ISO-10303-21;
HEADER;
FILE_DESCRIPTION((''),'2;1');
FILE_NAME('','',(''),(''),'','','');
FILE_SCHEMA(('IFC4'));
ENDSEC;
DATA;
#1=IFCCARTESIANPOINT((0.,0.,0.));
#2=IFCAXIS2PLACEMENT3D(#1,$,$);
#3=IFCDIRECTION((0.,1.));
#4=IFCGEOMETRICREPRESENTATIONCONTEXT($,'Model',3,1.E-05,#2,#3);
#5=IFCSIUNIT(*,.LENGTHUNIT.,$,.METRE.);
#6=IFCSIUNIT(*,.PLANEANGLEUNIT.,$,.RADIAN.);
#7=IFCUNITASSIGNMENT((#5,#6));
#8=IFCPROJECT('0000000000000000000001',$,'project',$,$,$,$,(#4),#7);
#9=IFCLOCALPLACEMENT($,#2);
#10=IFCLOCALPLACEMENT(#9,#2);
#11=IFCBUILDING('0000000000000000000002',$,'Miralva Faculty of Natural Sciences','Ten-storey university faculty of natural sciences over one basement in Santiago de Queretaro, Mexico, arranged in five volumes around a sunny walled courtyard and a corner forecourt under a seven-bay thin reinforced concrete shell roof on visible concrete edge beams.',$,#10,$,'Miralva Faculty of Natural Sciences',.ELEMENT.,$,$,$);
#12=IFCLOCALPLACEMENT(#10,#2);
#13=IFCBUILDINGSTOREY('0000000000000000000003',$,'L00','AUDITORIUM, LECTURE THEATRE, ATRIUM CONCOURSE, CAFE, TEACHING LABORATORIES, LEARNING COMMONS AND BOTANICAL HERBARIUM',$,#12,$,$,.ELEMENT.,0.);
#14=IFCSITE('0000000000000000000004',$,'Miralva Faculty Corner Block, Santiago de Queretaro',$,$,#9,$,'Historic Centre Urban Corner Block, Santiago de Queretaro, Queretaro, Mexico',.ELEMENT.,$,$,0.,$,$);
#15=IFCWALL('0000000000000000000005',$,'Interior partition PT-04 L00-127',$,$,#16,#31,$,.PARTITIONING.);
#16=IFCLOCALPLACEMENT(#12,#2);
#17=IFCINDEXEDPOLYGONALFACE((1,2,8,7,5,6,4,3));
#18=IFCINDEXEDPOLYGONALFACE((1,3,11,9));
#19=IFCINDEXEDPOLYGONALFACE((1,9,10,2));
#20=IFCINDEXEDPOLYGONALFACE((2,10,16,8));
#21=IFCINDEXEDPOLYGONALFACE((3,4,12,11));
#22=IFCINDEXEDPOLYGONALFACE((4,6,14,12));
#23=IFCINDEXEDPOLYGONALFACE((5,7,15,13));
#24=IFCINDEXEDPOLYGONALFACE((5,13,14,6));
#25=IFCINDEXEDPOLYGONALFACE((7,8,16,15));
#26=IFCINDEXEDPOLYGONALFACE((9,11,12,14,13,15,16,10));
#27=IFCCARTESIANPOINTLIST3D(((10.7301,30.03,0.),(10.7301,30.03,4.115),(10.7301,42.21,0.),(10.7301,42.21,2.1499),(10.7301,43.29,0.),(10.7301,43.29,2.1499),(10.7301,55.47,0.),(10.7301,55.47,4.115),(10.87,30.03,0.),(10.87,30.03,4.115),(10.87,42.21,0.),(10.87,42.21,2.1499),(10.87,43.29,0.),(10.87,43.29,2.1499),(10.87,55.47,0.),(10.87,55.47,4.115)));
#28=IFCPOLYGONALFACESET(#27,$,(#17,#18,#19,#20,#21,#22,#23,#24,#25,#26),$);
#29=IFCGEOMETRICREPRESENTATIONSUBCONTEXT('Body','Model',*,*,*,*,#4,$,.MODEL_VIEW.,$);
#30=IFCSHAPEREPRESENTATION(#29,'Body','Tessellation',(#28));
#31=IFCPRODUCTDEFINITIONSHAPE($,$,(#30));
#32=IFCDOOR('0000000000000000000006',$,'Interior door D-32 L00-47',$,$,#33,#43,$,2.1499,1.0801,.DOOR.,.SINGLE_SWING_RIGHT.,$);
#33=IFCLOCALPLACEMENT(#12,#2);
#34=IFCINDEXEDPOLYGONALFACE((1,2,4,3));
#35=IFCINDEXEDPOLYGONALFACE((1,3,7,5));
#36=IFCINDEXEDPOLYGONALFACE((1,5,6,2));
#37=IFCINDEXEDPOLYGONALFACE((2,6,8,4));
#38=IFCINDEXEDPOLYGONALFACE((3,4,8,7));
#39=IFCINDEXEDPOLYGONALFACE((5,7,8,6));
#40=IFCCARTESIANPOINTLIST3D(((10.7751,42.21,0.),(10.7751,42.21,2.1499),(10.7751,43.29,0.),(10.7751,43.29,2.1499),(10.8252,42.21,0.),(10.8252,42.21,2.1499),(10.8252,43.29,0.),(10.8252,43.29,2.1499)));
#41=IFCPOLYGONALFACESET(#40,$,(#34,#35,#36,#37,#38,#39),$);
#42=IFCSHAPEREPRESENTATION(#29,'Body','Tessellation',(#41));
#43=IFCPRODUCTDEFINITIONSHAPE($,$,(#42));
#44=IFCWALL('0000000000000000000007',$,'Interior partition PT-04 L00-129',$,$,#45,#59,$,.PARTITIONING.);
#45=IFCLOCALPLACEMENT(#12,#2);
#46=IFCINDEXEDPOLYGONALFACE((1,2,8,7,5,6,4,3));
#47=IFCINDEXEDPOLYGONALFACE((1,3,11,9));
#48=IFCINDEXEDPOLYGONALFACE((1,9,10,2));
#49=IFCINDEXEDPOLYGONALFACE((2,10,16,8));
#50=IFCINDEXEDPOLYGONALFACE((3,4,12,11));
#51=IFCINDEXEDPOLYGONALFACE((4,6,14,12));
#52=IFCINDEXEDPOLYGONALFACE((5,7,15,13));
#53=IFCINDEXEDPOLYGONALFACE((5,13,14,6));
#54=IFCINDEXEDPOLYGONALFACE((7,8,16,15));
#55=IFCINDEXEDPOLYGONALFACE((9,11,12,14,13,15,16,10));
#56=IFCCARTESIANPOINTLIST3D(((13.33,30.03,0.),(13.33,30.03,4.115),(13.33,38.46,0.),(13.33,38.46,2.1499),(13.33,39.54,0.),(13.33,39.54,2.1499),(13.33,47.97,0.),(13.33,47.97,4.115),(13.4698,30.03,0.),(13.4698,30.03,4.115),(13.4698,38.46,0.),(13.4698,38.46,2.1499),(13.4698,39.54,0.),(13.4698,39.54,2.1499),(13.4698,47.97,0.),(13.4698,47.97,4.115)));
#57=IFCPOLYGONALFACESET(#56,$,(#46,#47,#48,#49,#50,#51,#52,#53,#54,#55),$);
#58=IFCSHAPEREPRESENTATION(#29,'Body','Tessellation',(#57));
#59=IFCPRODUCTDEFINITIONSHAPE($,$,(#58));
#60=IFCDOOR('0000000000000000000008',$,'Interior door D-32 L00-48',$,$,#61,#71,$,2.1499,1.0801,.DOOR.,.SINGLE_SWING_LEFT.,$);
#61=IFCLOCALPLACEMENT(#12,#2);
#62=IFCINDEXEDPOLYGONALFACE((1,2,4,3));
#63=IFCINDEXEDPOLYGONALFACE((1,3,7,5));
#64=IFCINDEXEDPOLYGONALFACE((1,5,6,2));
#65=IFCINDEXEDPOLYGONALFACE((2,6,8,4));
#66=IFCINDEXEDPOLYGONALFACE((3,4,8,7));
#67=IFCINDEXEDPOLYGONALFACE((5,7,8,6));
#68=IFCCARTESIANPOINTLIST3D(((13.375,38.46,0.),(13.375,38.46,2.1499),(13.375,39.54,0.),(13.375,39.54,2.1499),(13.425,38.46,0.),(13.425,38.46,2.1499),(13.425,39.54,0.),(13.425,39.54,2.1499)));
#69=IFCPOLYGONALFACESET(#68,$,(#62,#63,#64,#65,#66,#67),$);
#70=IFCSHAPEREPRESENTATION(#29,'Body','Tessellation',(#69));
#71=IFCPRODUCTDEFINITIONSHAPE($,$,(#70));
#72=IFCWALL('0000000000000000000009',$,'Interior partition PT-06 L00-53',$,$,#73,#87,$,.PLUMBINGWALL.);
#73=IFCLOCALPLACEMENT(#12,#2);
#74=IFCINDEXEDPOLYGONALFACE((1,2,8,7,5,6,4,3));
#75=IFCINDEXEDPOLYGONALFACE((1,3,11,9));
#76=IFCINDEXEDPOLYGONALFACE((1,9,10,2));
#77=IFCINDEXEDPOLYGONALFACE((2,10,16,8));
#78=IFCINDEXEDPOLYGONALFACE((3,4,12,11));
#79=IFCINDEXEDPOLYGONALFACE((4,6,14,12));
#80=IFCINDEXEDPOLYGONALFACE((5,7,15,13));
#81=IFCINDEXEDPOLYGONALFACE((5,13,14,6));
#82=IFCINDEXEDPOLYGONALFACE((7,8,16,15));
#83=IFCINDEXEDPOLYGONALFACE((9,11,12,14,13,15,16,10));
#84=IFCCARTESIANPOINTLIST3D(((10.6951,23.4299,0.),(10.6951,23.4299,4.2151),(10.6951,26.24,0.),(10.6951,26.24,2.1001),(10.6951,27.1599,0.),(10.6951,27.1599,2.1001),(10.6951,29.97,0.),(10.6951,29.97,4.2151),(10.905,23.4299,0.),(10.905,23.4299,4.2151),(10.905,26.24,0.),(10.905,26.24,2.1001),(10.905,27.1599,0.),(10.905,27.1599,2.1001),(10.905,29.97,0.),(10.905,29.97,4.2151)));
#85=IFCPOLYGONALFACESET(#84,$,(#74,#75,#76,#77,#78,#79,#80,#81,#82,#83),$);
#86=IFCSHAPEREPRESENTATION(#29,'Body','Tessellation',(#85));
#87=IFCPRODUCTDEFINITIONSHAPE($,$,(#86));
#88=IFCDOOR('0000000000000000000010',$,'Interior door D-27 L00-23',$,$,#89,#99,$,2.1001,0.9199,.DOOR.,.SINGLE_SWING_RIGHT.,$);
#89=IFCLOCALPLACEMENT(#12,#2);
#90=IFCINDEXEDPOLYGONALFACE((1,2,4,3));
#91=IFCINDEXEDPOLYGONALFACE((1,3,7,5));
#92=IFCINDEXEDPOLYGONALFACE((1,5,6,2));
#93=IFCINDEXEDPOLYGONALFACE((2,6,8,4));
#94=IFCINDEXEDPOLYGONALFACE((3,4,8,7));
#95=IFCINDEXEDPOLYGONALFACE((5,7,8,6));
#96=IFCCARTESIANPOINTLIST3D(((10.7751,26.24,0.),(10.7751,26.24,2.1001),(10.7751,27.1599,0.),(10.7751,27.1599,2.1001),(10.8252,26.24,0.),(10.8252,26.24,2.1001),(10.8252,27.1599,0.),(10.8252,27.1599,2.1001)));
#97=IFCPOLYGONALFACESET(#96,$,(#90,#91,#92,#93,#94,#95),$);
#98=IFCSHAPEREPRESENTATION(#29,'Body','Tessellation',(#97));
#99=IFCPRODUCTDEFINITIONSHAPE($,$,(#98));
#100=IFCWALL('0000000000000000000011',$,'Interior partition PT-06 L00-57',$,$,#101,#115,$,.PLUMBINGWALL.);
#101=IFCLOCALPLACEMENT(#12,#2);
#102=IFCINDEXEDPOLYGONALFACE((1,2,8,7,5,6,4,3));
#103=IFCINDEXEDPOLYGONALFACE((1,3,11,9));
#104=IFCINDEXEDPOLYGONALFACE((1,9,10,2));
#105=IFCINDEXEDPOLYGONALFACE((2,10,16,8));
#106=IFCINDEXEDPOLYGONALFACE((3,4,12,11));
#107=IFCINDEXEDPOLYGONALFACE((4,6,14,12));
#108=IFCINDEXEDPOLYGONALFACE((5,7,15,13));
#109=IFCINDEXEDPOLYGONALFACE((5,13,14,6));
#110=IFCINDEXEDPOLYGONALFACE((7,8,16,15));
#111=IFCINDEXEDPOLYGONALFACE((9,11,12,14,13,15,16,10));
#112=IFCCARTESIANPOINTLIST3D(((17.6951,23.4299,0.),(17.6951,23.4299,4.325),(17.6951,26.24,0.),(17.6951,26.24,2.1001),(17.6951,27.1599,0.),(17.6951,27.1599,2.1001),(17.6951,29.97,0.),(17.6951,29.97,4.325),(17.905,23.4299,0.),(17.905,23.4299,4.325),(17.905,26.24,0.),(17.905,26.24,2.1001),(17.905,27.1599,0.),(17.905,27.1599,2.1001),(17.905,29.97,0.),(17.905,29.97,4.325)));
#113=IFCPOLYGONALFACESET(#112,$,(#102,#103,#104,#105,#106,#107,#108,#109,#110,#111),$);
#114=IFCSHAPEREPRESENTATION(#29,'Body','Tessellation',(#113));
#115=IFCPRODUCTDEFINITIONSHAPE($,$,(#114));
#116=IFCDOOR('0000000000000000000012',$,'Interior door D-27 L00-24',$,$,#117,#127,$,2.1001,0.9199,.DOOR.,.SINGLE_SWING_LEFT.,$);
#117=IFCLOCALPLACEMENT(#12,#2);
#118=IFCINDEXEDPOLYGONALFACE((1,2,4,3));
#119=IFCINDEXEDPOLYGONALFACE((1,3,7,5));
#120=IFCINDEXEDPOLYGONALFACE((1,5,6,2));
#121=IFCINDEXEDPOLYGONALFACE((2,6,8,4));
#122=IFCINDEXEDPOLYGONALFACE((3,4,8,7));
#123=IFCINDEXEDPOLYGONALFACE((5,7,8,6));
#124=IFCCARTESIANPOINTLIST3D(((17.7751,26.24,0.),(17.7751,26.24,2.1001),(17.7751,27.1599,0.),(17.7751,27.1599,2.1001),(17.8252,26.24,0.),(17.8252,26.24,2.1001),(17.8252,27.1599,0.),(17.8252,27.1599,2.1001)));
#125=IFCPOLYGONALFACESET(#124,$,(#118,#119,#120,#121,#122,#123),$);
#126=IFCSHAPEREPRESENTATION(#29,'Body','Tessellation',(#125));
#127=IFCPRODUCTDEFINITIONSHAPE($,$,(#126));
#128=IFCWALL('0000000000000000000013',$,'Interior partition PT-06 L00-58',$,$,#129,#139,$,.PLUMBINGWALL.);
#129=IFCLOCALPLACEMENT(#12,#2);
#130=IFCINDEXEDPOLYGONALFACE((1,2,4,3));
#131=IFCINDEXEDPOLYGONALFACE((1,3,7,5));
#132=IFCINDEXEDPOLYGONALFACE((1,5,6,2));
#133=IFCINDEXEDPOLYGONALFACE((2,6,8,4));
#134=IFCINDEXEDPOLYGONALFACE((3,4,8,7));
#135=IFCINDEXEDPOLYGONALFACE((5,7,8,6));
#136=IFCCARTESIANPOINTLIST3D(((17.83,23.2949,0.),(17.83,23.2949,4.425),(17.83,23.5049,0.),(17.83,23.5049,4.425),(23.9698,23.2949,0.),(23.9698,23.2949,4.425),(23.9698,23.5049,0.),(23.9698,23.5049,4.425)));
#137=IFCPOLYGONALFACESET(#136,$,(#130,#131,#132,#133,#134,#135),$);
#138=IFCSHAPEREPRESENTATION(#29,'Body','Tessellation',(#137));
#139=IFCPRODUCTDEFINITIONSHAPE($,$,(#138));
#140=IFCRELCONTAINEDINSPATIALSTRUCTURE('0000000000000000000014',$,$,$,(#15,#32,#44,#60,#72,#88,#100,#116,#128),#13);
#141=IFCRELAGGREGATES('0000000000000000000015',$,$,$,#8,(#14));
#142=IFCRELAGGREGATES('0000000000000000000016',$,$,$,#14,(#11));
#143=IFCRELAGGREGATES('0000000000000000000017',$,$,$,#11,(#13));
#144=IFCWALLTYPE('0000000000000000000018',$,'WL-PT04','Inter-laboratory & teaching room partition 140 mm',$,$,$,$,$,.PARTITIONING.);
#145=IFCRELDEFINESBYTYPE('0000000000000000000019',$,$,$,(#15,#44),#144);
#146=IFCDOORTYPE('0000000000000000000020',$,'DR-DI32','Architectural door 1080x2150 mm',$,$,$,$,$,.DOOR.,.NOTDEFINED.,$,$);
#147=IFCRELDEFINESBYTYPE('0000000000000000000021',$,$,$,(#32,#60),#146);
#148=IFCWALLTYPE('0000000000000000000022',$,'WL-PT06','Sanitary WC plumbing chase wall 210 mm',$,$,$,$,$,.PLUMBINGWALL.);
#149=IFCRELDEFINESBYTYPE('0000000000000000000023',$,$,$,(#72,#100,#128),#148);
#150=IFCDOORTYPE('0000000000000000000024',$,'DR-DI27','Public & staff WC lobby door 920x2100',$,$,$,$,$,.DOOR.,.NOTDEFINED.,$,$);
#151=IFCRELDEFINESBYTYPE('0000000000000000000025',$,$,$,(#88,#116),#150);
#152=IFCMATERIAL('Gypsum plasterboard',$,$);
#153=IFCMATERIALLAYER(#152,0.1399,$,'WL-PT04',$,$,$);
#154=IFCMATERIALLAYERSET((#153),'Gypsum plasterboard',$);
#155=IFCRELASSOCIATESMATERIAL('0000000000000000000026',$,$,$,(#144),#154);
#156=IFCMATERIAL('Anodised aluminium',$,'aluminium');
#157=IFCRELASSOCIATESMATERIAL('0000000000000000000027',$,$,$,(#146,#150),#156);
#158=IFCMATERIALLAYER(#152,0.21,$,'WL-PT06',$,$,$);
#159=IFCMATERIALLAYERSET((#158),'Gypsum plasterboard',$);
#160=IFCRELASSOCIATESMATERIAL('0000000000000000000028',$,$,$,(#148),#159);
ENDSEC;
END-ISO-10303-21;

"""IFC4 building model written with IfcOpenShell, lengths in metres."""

from ifc_helpers import new_model, si_unit, direction, frame, frame_2d, origin, place, context, subcontext, project, spatial, rectangle, extrude, material, layer, layer_set, type_object, element, fill, save


model = new_model("IFC4")

# Units and contexts
model_context = context("Model", 3, precision=1e-05, world=origin(), true_north=direction((0.0, 1.0)))
body_context = subcontext(model_context, "Body", "Model", "MODEL_VIEW")
ifc_project = project(units=[si_unit("LENGTHUNIT", "METRE"), si_unit("PLANEANGLEUNIT", "RADIAN")], contexts=[model_context])

# Site, building, storey
site_placement = place(None, origin())
site = spatial("IfcSite", under=ifc_project, at=site_placement, Name="Miralva Faculty Corner Block, Santiago de Queretaro", LongName="Historic Centre Urban Corner Block, Santiago de Queretaro, Queretaro, Mexico", CompositionType="ELEMENT", RefElevation=0.0)
building_placement = place(site_placement, origin())
building = spatial("IfcBuilding", under=site, at=building_placement, Name="Miralva Faculty of Natural Sciences", Description="Ten-storey university faculty of natural sciences over one basement in Santiago de Queretaro, Mexico, arranged in five volumes around a sunny walled courtyard and a corner forecourt under a seven-bay thin reinforced concrete shell roof on visible concrete edge beams.", LongName="Miralva Faculty of Natural Sciences", CompositionType="ELEMENT")
storey_placement = place(building_placement, origin())
storey = spatial("IfcBuildingStorey", under=building, at=storey_placement, Name="L00", Description="AUDITORIUM, LECTURE THEATRE, ATRIUM CONCOURSE, CAFE, TEACHING LABORATORIES, LEARNING COMMONS AND BOTANICAL HERBARIUM", CompositionType="ELEMENT", Elevation=0.0)

# Walls, openings, doors
ifc_material_1 = material(Name="Gypsum plasterboard")
ifc_layer_1 = layer(ifc_material_1, 0.1399, Name="WL-PT04")
ifc_layer_set_1 = layer_set([ifc_layer_1], Name="Gypsum plasterboard")
wall_type_1 = type_object("IfcWallType", Name="WL-PT04", Description="Inter-laboratory & teaching room partition 140 mm", PredefinedType="PARTITIONING", material=ifc_layer_set_1)
ifc_material_2 = material(Name="Anodised aluminium", Category="aluminium")
wall_1_placement = place(storey_placement, frame((10.8, 30.03, 0.0), z_axis=(0.0, 0.0, 1.0), x_axis=(0.0, 1.0, 0.0)))
wall_1 = element("IfcWall", 1, at=wall_1_placement, inside=storey, type_object=wall_type_1, Name="Interior partition PT-04 L00-127", PredefinedType="PARTITIONING", context=body_context, shape_type="SweptSolid", body=[
    extrude(rectangle(XDim=25.4399, YDim=0.1399, at=frame_2d((12.72, 0.0))), origin(), (0.0, 0.0, 1.0), 4.115),
])
opening_1_placement = place(wall_1_placement, frame((12.1799, 0.0, 0.0)))
opening_1 = element("IfcOpeningElement", 2, at=opening_1_placement, cuts=wall_1, PredefinedType="OPENING", context=body_context, shape_type="SweptSolid", body=[
    extrude(rectangle(XDim=1.0801, YDim=2.1499, at=frame_2d((0.54, 1.075))), frame((0.0, 0.0798, 0.0), z_axis=(0.0, -1.0, 0.0), x_axis=(1.0, 0.0, 0.0)), (0.0, 0.0, 1.0), 0.1599),
])
door_type_1 = type_object("IfcDoorType", Name="DR-DI32", Description="Architectural door 1080x2150 mm", OperationType="NOTDEFINED", PredefinedType="DOOR", material=ifc_material_2)
door_1_placement = place(opening_1_placement, origin())
door_1 = element("IfcDoor", 3, at=door_1_placement, inside=storey, type_object=door_type_1, Name="Interior door D-32 L00-47", OperationType="SINGLE_SWING_RIGHT", OverallHeight=2.1499, OverallWidth=1.0801, PredefinedType="DOOR", context=body_context, shape_type="SweptSolid", body=[
    extrude(rectangle(XDim=1.0801, YDim=2.1499, at=frame_2d((0.54, 1.075))), frame((0.0, 0.0249, 0.0), z_axis=(0.0, -1.0, 0.0), x_axis=(1.0, 0.0, 0.0)), (0.0, 0.0, 1.0), 0.05),
])
fill(opening_1, door_1)
wall_2_placement = place(storey_placement, frame((13.3999, 30.03, 0.0), z_axis=(0.0, 0.0, 1.0), x_axis=(0.0, 1.0, 0.0)))
wall_2 = element("IfcWall", 4, at=wall_2_placement, inside=storey, type_object=wall_type_1, Name="Interior partition PT-04 L00-129", PredefinedType="PARTITIONING", context=body_context, shape_type="SweptSolid", body=[
    extrude(rectangle(XDim=17.9399, YDim=0.1399, at=frame_2d((8.97, 0.0))), origin(), (0.0, 0.0, 1.0), 4.115),
])
opening_2_placement = place(wall_2_placement, frame((8.4299, 0.0, 0.0)))
opening_2 = element("IfcOpeningElement", 5, at=opening_2_placement, cuts=wall_2, PredefinedType="OPENING", context=body_context, shape_type="SweptSolid", body=[
    extrude(rectangle(XDim=1.0801, YDim=2.1499, at=frame_2d((0.54, 1.075))), frame((0.0, 0.0798, 0.0), z_axis=(0.0, -1.0, 0.0), x_axis=(1.0, 0.0, 0.0)), (0.0, 0.0, 1.0), 0.1599),
])
door_2_placement = place(opening_2_placement, origin())
door_2 = element("IfcDoor", 6, at=door_2_placement, inside=storey, type_object=door_type_1, Name="Interior door D-32 L00-48", OperationType="SINGLE_SWING_LEFT", OverallHeight=2.1499, OverallWidth=1.0801, PredefinedType="DOOR", context=body_context, shape_type="SweptSolid", body=[
    extrude(rectangle(XDim=1.0801, YDim=2.1499, at=frame_2d((0.54, 1.075))), frame((0.0, 0.0249, 0.0), z_axis=(0.0, -1.0, 0.0), x_axis=(1.0, 0.0, 0.0)), (0.0, 0.0, 1.0), 0.05),
])
fill(opening_2, door_2)
ifc_layer_2 = layer(ifc_material_1, 0.21, Name="WL-PT06")
ifc_layer_set_2 = layer_set([ifc_layer_2], Name="Gypsum plasterboard")
wall_type_2 = type_object("IfcWallType", Name="WL-PT06", Description="Sanitary WC plumbing chase wall 210 mm", PredefinedType="PLUMBINGWALL", material=ifc_layer_set_2)
wall_3_placement = place(storey_placement, frame((10.8, 23.4299, 0.0), z_axis=(0.0, 0.0, 1.0), x_axis=(0.0, 1.0, 0.0)))
wall_3 = element("IfcWall", 7, at=wall_3_placement, inside=storey, type_object=wall_type_2, Name="Interior partition PT-06 L00-53", PredefinedType="PLUMBINGWALL", context=body_context, shape_type="SweptSolid", body=[
    extrude(rectangle(XDim=6.54, YDim=0.21, at=frame_2d((3.27, 0.0))), origin(), (0.0, 0.0, 1.0), 4.2151),
])
opening_3_placement = place(wall_3_placement, frame((2.8101, 0.0, 0.0)))
opening_3 = element("IfcOpeningElement", 8, at=opening_3_placement, cuts=wall_3, PredefinedType="OPENING", context=body_context, shape_type="SweptSolid", body=[
    extrude(rectangle(XDim=0.9199, YDim=2.1001, at=frame_2d((0.46, 1.05))), frame((0.0, 0.115, 0.0), z_axis=(0.0, -1.0, 0.0), x_axis=(1.0, 0.0, 0.0)), (0.0, 0.0, 1.0), 0.23),
])
door_type_2 = type_object("IfcDoorType", Name="DR-DI27", Description="Public & staff WC lobby door 920x2100", OperationType="NOTDEFINED", PredefinedType="DOOR", material=ifc_material_2)
door_3_placement = place(opening_3_placement, origin())
door_3 = element("IfcDoor", 9, at=door_3_placement, inside=storey, type_object=door_type_2, Name="Interior door D-27 L00-23", OperationType="SINGLE_SWING_RIGHT", OverallHeight=2.1001, OverallWidth=0.9199, PredefinedType="DOOR", context=body_context, shape_type="SweptSolid", body=[
    extrude(rectangle(XDim=0.9199, YDim=2.1001, at=frame_2d((0.46, 1.05))), frame((0.0, 0.0249, 0.0), z_axis=(0.0, -1.0, 0.0), x_axis=(1.0, 0.0, 0.0)), (0.0, 0.0, 1.0), 0.05),
])
fill(opening_3, door_3)
wall_4_placement = place(storey_placement, frame((17.8, 23.4299, 0.0), z_axis=(0.0, 0.0, 1.0), x_axis=(0.0, 1.0, 0.0)))
wall_4 = element("IfcWall", 10, at=wall_4_placement, inside=storey, type_object=wall_type_2, Name="Interior partition PT-06 L00-57", PredefinedType="PLUMBINGWALL", context=body_context, shape_type="SweptSolid", body=[
    extrude(rectangle(XDim=6.54, YDim=0.21, at=frame_2d((3.27, 0.0))), origin(), (0.0, 0.0, 1.0), 4.325),
])
opening_4_placement = place(wall_4_placement, frame((2.8101, 0.0, 0.0)))
opening_4 = element("IfcOpeningElement", 11, at=opening_4_placement, cuts=wall_4, PredefinedType="OPENING", context=body_context, shape_type="SweptSolid", body=[
    extrude(rectangle(XDim=0.9199, YDim=2.1001, at=frame_2d((0.46, 1.05))), frame((0.0, 0.115, 0.0), z_axis=(0.0, -1.0, 0.0), x_axis=(1.0, 0.0, 0.0)), (0.0, 0.0, 1.0), 0.23),
])
door_4_placement = place(opening_4_placement, origin())
door_4 = element("IfcDoor", 12, at=door_4_placement, inside=storey, type_object=door_type_2, Name="Interior door D-27 L00-24", OperationType="SINGLE_SWING_LEFT", OverallHeight=2.1001, OverallWidth=0.9199, PredefinedType="DOOR", context=body_context, shape_type="SweptSolid", body=[
    extrude(rectangle(XDim=0.9199, YDim=2.1001, at=frame_2d((0.46, 1.05))), frame((0.0, 0.0249, 0.0), z_axis=(0.0, -1.0, 0.0), x_axis=(1.0, 0.0, 0.0)), (0.0, 0.0, 1.0), 0.05),
])
fill(opening_4, door_4)

# Wall
wall_5_placement = place(storey_placement, frame((17.8301, 23.3999, 0.0), z_axis=(0.0, 0.0, 1.0), x_axis=(1.0, 0.0, 0.0)))
element("IfcWall", 13, at=wall_5_placement, inside=storey, type_object=wall_type_2, Name="Interior partition PT-06 L00-58", PredefinedType="PLUMBINGWALL", context=body_context, shape_type="SweptSolid", body=[
    extrude(rectangle(XDim=6.1399, YDim=0.21, at=frame_2d((3.0698, 0.0))), origin(), (0.0, 0.0, 1.0), 4.425),
])

save(model, "model.ifc")
